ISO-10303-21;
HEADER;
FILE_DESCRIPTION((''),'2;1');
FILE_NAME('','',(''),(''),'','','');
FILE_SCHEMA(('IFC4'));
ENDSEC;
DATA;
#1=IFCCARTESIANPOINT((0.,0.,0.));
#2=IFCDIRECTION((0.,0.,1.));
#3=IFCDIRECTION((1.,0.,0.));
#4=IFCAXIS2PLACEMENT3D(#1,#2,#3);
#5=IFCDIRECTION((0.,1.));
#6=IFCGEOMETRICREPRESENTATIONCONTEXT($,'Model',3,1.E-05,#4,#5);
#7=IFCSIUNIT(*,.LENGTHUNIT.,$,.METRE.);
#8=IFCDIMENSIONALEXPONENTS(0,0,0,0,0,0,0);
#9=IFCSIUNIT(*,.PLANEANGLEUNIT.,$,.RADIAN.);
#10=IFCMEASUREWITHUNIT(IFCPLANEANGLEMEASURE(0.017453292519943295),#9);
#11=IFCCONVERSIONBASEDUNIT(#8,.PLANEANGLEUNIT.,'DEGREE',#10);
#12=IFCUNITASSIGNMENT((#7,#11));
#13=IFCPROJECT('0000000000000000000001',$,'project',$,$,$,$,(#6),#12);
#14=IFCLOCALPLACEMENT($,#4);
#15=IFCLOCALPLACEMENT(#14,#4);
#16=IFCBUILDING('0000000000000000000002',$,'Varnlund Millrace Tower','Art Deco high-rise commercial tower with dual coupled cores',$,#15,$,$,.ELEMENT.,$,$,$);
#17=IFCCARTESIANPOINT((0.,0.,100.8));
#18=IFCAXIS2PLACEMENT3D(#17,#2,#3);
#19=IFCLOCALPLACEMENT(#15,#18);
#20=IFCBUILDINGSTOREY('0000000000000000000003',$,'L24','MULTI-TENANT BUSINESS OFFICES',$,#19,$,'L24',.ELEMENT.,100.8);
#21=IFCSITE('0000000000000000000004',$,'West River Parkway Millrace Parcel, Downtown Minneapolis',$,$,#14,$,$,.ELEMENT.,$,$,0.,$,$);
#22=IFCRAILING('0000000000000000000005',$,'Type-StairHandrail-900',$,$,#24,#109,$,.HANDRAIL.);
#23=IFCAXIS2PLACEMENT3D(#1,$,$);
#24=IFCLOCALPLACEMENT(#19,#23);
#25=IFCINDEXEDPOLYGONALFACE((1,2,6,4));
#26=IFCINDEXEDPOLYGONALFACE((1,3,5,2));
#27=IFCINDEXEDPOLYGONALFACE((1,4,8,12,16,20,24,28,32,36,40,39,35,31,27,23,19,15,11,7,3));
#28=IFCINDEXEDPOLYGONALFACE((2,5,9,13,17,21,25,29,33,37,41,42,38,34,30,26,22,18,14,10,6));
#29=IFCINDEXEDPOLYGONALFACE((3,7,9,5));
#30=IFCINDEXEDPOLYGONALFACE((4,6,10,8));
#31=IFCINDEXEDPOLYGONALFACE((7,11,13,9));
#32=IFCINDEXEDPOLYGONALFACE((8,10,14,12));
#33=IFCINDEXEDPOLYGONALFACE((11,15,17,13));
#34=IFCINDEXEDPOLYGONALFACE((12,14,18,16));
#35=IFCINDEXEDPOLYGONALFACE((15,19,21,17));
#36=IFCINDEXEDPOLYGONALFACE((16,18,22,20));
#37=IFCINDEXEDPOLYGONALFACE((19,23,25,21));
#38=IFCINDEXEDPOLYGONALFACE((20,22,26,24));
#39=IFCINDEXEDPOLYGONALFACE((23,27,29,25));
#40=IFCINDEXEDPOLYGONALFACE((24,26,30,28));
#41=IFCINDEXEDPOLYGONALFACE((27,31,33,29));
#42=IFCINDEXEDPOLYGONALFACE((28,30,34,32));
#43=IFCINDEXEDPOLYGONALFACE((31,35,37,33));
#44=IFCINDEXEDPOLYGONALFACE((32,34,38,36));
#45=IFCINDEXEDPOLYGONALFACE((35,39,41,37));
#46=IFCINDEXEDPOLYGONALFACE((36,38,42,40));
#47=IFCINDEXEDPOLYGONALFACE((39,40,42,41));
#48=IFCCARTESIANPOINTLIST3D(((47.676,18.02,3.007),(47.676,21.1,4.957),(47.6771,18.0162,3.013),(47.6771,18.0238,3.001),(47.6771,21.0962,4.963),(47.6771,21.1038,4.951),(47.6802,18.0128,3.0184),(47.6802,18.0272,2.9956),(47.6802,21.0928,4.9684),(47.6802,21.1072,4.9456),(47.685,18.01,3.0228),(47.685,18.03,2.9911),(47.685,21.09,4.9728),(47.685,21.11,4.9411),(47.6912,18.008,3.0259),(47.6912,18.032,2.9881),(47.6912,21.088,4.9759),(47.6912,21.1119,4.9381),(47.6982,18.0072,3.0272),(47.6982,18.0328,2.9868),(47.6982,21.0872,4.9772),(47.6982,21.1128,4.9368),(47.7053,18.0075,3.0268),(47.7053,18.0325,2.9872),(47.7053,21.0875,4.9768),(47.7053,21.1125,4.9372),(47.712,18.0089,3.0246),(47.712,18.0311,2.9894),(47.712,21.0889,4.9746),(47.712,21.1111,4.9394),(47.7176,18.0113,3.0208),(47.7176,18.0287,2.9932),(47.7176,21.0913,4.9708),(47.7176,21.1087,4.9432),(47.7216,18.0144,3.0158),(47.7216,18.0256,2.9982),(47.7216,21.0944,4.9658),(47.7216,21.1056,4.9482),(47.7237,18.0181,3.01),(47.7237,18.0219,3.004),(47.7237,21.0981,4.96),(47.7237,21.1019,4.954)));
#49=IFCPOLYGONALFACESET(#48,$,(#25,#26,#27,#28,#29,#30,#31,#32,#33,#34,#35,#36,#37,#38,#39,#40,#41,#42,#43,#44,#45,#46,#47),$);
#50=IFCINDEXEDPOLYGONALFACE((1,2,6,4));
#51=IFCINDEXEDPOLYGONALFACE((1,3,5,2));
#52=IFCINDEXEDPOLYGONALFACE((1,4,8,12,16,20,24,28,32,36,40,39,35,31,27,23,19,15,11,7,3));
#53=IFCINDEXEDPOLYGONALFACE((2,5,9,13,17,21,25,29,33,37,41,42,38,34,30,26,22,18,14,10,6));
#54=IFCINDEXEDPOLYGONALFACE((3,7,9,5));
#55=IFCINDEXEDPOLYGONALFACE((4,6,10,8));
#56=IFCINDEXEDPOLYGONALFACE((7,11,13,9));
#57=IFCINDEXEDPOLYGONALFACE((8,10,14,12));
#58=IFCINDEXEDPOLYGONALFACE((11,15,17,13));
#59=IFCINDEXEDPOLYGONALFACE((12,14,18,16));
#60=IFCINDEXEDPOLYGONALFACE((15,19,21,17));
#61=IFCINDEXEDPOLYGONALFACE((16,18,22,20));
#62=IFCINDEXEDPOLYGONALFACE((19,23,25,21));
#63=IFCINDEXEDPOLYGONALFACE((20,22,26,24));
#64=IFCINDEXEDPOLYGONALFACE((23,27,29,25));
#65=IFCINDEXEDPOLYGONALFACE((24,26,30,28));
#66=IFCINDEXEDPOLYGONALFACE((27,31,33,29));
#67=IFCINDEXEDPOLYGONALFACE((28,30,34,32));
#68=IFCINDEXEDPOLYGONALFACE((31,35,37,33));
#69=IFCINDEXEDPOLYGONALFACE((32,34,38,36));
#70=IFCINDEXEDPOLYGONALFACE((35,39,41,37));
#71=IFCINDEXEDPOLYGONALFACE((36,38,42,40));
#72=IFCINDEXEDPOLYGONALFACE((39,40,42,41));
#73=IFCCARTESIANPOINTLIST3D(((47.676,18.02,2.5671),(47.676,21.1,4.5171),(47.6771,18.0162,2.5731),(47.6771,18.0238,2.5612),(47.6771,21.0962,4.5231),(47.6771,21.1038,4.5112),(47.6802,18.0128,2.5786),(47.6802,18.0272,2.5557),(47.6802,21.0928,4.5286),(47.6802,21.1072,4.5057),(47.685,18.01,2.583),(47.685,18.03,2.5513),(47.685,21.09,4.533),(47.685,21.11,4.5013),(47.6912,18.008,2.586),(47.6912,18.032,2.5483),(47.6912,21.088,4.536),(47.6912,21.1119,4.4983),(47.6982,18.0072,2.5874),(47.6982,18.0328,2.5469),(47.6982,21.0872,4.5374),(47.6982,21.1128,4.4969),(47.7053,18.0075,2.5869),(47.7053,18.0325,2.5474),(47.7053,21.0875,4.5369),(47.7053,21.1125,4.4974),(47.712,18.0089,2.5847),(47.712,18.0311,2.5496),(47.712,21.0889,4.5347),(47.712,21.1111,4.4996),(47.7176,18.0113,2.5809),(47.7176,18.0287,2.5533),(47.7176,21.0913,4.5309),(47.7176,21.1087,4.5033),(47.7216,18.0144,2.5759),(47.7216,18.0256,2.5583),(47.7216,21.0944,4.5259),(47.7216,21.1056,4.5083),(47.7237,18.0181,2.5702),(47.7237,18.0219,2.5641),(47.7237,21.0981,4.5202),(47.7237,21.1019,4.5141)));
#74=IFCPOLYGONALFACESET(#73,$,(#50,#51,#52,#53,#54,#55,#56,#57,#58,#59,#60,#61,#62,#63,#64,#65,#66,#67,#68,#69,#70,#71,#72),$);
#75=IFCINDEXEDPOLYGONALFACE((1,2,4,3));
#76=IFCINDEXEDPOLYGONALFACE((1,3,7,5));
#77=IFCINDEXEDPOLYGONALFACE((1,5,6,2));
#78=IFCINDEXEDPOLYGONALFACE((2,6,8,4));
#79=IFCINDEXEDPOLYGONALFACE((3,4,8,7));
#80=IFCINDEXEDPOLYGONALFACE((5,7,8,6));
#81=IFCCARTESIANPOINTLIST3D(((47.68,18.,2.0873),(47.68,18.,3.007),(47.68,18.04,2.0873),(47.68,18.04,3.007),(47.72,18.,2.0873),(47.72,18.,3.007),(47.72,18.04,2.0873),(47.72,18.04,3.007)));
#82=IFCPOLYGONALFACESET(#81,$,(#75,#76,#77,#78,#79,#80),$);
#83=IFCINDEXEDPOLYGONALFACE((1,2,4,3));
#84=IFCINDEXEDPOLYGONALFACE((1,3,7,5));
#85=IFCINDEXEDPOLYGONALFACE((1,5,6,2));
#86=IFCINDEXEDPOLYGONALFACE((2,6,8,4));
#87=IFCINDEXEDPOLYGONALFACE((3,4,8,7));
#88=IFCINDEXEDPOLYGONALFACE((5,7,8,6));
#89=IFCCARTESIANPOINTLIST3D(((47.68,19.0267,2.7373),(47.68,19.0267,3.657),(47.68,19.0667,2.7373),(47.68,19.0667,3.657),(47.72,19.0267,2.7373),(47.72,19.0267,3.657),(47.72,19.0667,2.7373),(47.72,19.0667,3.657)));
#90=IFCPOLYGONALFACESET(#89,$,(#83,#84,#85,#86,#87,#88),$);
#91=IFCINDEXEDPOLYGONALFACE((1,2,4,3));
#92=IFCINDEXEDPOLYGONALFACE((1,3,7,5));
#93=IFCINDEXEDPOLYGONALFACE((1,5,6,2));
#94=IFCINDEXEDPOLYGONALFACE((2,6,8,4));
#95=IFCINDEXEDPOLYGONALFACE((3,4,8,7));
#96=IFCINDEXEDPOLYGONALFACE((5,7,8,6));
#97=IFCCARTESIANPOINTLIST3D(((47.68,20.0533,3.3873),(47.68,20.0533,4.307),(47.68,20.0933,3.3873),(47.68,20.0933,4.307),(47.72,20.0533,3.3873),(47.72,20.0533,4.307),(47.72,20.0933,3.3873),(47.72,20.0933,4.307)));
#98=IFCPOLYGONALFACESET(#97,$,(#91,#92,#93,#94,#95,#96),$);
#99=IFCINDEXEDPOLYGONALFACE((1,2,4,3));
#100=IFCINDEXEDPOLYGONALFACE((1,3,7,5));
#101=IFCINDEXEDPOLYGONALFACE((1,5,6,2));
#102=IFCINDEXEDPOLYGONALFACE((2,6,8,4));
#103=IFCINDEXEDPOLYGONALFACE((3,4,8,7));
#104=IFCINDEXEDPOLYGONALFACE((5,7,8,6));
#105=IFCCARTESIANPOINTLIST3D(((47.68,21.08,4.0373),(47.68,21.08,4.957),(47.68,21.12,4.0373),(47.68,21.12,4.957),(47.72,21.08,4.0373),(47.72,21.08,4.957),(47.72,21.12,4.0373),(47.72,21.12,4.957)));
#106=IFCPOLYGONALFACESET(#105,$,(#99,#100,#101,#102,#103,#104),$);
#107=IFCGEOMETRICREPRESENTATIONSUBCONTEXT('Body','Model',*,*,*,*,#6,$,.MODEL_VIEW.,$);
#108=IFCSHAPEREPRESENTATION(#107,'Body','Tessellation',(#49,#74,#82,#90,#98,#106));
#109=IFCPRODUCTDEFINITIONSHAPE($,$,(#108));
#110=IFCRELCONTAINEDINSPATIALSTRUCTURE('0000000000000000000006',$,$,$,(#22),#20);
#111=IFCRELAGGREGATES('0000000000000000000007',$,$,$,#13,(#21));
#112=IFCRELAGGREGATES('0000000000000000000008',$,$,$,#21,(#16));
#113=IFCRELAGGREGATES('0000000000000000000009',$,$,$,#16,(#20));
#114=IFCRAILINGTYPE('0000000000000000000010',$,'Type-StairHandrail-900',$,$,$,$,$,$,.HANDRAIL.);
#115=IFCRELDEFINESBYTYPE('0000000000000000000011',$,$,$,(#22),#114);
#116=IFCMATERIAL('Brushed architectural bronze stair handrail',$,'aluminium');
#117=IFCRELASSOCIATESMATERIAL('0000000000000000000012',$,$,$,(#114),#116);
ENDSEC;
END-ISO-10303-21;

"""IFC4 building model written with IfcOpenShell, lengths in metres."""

from ifc_helpers import new_model, entity, si_unit, converted_unit, direction, frame, origin_with_axes, origin_2d_with_axis, place, context, subcontext, project, spatial, rectangle, circle, extrude, material, type_object, element, save


model = new_model("IFC4")

# Units and contexts
model_context = context("Model", 3, precision=1e-05, world=origin_with_axes(), true_north=direction((0.0, 1.0)))
body_context = subcontext(model_context, "Body", "Model", "MODEL_VIEW")
ifc_project = project(units=[si_unit("LENGTHUNIT", "METRE"), converted_unit("PLANEANGLEUNIT", "DEGREE", entity("IfcPlaneAngleMeasure", 0.017453292519943295), si_unit("PLANEANGLEUNIT", "RADIAN"), dimensions=[0, 0, 0, 0, 0, 0, 0])], contexts=[model_context])

# Site, building, storey
site_placement = place(None, origin_with_axes())
site = spatial("IfcSite", under=ifc_project, at=site_placement, Name="West River Parkway Millrace Parcel, Downtown Minneapolis", CompositionType="ELEMENT", RefElevation=0.0)
building_placement = place(site_placement, origin_with_axes())
building = spatial("IfcBuilding", under=site, at=building_placement, Name="Varnlund Millrace Tower", Description="Art Deco high-rise commercial tower with dual coupled cores", CompositionType="ELEMENT")
storey_placement = place(building_placement, frame((0.0, 0.0, 100.8), z_axis=(0.0, 0.0, 1.0), x_axis=(1.0, 0.0, 0.0)))
storey = spatial("IfcBuildingStorey", under=building, at=storey_placement, Name="L24", Description="MULTI-TENANT BUSINESS OFFICES", LongName="L24", CompositionType="ELEMENT", Elevation=100.8)

# Railing
ifc_material_1 = material(Name="Brushed architectural bronze stair handrail", Category="aluminium")
railing_type_1 = type_object("IfcRailingType", Name="Type-StairHandrail-900", PredefinedType="HANDRAIL", material=ifc_material_1)
railing_1_placement = place(storey_placement, frame((0.0, 0.0, -100.8), z_axis=(0.0, 0.0, 1.0), x_axis=(1.0, 0.0, 0.0)))
element("IfcRailing", 1, at=railing_1_placement, inside=storey, type_object=railing_type_1, Name="Type-StairHandrail-900", PredefinedType="HANDRAIL", context=body_context, shape_type="SweptSolid", body=[
    extrude(circle(Radius=0.024, at=origin_2d_with_axis()), frame((47.7, 18.02, 103.807), z_axis=(0.0, 0.844902, 0.534922), x_axis=(-1.0, 0.0, 0.0)), (0.0, 0.0, 1.0), 3.6454),
    extrude(circle(Radius=0.024, at=origin_2d_with_axis()), frame((47.7, 18.02, 103.3671), z_axis=(0.0, 0.844902, 0.534922), x_axis=(-1.0, 0.0, 0.0)), (0.0, 0.0, 1.0), 3.6454),
    extrude(rectangle(XDim=0.04, YDim=0.04, at=origin_2d_with_axis()), frame((47.7, 18.02, 102.8873), z_axis=(0.0, 0.0, 1.0), x_axis=(1.0, 0.0, 0.0)), (0.0, 0.0, 1.0), 0.9197),
    extrude(rectangle(XDim=0.04, YDim=0.04, at=origin_2d_with_axis()), frame((47.7, 19.0467, 103.5373), z_axis=(0.0, 0.0, 1.0), x_axis=(1.0, 0.0, 0.0)), (0.0, 0.0, 1.0), 0.9197),
    extrude(rectangle(XDim=0.04, YDim=0.04, at=origin_2d_with_axis()), frame((47.7, 20.0733, 104.1873), z_axis=(0.0, 0.0, 1.0), x_axis=(1.0, 0.0, 0.0)), (0.0, 0.0, 1.0), 0.9197),
    extrude(rectangle(XDim=0.04, YDim=0.04, at=origin_2d_with_axis()), frame((47.7, 21.1, 104.8373), z_axis=(0.0, 0.0, 1.0), x_axis=(1.0, 0.0, 0.0)), (0.0, 0.0, 1.0), 0.9197),
])

save(model, "model.ifc")
